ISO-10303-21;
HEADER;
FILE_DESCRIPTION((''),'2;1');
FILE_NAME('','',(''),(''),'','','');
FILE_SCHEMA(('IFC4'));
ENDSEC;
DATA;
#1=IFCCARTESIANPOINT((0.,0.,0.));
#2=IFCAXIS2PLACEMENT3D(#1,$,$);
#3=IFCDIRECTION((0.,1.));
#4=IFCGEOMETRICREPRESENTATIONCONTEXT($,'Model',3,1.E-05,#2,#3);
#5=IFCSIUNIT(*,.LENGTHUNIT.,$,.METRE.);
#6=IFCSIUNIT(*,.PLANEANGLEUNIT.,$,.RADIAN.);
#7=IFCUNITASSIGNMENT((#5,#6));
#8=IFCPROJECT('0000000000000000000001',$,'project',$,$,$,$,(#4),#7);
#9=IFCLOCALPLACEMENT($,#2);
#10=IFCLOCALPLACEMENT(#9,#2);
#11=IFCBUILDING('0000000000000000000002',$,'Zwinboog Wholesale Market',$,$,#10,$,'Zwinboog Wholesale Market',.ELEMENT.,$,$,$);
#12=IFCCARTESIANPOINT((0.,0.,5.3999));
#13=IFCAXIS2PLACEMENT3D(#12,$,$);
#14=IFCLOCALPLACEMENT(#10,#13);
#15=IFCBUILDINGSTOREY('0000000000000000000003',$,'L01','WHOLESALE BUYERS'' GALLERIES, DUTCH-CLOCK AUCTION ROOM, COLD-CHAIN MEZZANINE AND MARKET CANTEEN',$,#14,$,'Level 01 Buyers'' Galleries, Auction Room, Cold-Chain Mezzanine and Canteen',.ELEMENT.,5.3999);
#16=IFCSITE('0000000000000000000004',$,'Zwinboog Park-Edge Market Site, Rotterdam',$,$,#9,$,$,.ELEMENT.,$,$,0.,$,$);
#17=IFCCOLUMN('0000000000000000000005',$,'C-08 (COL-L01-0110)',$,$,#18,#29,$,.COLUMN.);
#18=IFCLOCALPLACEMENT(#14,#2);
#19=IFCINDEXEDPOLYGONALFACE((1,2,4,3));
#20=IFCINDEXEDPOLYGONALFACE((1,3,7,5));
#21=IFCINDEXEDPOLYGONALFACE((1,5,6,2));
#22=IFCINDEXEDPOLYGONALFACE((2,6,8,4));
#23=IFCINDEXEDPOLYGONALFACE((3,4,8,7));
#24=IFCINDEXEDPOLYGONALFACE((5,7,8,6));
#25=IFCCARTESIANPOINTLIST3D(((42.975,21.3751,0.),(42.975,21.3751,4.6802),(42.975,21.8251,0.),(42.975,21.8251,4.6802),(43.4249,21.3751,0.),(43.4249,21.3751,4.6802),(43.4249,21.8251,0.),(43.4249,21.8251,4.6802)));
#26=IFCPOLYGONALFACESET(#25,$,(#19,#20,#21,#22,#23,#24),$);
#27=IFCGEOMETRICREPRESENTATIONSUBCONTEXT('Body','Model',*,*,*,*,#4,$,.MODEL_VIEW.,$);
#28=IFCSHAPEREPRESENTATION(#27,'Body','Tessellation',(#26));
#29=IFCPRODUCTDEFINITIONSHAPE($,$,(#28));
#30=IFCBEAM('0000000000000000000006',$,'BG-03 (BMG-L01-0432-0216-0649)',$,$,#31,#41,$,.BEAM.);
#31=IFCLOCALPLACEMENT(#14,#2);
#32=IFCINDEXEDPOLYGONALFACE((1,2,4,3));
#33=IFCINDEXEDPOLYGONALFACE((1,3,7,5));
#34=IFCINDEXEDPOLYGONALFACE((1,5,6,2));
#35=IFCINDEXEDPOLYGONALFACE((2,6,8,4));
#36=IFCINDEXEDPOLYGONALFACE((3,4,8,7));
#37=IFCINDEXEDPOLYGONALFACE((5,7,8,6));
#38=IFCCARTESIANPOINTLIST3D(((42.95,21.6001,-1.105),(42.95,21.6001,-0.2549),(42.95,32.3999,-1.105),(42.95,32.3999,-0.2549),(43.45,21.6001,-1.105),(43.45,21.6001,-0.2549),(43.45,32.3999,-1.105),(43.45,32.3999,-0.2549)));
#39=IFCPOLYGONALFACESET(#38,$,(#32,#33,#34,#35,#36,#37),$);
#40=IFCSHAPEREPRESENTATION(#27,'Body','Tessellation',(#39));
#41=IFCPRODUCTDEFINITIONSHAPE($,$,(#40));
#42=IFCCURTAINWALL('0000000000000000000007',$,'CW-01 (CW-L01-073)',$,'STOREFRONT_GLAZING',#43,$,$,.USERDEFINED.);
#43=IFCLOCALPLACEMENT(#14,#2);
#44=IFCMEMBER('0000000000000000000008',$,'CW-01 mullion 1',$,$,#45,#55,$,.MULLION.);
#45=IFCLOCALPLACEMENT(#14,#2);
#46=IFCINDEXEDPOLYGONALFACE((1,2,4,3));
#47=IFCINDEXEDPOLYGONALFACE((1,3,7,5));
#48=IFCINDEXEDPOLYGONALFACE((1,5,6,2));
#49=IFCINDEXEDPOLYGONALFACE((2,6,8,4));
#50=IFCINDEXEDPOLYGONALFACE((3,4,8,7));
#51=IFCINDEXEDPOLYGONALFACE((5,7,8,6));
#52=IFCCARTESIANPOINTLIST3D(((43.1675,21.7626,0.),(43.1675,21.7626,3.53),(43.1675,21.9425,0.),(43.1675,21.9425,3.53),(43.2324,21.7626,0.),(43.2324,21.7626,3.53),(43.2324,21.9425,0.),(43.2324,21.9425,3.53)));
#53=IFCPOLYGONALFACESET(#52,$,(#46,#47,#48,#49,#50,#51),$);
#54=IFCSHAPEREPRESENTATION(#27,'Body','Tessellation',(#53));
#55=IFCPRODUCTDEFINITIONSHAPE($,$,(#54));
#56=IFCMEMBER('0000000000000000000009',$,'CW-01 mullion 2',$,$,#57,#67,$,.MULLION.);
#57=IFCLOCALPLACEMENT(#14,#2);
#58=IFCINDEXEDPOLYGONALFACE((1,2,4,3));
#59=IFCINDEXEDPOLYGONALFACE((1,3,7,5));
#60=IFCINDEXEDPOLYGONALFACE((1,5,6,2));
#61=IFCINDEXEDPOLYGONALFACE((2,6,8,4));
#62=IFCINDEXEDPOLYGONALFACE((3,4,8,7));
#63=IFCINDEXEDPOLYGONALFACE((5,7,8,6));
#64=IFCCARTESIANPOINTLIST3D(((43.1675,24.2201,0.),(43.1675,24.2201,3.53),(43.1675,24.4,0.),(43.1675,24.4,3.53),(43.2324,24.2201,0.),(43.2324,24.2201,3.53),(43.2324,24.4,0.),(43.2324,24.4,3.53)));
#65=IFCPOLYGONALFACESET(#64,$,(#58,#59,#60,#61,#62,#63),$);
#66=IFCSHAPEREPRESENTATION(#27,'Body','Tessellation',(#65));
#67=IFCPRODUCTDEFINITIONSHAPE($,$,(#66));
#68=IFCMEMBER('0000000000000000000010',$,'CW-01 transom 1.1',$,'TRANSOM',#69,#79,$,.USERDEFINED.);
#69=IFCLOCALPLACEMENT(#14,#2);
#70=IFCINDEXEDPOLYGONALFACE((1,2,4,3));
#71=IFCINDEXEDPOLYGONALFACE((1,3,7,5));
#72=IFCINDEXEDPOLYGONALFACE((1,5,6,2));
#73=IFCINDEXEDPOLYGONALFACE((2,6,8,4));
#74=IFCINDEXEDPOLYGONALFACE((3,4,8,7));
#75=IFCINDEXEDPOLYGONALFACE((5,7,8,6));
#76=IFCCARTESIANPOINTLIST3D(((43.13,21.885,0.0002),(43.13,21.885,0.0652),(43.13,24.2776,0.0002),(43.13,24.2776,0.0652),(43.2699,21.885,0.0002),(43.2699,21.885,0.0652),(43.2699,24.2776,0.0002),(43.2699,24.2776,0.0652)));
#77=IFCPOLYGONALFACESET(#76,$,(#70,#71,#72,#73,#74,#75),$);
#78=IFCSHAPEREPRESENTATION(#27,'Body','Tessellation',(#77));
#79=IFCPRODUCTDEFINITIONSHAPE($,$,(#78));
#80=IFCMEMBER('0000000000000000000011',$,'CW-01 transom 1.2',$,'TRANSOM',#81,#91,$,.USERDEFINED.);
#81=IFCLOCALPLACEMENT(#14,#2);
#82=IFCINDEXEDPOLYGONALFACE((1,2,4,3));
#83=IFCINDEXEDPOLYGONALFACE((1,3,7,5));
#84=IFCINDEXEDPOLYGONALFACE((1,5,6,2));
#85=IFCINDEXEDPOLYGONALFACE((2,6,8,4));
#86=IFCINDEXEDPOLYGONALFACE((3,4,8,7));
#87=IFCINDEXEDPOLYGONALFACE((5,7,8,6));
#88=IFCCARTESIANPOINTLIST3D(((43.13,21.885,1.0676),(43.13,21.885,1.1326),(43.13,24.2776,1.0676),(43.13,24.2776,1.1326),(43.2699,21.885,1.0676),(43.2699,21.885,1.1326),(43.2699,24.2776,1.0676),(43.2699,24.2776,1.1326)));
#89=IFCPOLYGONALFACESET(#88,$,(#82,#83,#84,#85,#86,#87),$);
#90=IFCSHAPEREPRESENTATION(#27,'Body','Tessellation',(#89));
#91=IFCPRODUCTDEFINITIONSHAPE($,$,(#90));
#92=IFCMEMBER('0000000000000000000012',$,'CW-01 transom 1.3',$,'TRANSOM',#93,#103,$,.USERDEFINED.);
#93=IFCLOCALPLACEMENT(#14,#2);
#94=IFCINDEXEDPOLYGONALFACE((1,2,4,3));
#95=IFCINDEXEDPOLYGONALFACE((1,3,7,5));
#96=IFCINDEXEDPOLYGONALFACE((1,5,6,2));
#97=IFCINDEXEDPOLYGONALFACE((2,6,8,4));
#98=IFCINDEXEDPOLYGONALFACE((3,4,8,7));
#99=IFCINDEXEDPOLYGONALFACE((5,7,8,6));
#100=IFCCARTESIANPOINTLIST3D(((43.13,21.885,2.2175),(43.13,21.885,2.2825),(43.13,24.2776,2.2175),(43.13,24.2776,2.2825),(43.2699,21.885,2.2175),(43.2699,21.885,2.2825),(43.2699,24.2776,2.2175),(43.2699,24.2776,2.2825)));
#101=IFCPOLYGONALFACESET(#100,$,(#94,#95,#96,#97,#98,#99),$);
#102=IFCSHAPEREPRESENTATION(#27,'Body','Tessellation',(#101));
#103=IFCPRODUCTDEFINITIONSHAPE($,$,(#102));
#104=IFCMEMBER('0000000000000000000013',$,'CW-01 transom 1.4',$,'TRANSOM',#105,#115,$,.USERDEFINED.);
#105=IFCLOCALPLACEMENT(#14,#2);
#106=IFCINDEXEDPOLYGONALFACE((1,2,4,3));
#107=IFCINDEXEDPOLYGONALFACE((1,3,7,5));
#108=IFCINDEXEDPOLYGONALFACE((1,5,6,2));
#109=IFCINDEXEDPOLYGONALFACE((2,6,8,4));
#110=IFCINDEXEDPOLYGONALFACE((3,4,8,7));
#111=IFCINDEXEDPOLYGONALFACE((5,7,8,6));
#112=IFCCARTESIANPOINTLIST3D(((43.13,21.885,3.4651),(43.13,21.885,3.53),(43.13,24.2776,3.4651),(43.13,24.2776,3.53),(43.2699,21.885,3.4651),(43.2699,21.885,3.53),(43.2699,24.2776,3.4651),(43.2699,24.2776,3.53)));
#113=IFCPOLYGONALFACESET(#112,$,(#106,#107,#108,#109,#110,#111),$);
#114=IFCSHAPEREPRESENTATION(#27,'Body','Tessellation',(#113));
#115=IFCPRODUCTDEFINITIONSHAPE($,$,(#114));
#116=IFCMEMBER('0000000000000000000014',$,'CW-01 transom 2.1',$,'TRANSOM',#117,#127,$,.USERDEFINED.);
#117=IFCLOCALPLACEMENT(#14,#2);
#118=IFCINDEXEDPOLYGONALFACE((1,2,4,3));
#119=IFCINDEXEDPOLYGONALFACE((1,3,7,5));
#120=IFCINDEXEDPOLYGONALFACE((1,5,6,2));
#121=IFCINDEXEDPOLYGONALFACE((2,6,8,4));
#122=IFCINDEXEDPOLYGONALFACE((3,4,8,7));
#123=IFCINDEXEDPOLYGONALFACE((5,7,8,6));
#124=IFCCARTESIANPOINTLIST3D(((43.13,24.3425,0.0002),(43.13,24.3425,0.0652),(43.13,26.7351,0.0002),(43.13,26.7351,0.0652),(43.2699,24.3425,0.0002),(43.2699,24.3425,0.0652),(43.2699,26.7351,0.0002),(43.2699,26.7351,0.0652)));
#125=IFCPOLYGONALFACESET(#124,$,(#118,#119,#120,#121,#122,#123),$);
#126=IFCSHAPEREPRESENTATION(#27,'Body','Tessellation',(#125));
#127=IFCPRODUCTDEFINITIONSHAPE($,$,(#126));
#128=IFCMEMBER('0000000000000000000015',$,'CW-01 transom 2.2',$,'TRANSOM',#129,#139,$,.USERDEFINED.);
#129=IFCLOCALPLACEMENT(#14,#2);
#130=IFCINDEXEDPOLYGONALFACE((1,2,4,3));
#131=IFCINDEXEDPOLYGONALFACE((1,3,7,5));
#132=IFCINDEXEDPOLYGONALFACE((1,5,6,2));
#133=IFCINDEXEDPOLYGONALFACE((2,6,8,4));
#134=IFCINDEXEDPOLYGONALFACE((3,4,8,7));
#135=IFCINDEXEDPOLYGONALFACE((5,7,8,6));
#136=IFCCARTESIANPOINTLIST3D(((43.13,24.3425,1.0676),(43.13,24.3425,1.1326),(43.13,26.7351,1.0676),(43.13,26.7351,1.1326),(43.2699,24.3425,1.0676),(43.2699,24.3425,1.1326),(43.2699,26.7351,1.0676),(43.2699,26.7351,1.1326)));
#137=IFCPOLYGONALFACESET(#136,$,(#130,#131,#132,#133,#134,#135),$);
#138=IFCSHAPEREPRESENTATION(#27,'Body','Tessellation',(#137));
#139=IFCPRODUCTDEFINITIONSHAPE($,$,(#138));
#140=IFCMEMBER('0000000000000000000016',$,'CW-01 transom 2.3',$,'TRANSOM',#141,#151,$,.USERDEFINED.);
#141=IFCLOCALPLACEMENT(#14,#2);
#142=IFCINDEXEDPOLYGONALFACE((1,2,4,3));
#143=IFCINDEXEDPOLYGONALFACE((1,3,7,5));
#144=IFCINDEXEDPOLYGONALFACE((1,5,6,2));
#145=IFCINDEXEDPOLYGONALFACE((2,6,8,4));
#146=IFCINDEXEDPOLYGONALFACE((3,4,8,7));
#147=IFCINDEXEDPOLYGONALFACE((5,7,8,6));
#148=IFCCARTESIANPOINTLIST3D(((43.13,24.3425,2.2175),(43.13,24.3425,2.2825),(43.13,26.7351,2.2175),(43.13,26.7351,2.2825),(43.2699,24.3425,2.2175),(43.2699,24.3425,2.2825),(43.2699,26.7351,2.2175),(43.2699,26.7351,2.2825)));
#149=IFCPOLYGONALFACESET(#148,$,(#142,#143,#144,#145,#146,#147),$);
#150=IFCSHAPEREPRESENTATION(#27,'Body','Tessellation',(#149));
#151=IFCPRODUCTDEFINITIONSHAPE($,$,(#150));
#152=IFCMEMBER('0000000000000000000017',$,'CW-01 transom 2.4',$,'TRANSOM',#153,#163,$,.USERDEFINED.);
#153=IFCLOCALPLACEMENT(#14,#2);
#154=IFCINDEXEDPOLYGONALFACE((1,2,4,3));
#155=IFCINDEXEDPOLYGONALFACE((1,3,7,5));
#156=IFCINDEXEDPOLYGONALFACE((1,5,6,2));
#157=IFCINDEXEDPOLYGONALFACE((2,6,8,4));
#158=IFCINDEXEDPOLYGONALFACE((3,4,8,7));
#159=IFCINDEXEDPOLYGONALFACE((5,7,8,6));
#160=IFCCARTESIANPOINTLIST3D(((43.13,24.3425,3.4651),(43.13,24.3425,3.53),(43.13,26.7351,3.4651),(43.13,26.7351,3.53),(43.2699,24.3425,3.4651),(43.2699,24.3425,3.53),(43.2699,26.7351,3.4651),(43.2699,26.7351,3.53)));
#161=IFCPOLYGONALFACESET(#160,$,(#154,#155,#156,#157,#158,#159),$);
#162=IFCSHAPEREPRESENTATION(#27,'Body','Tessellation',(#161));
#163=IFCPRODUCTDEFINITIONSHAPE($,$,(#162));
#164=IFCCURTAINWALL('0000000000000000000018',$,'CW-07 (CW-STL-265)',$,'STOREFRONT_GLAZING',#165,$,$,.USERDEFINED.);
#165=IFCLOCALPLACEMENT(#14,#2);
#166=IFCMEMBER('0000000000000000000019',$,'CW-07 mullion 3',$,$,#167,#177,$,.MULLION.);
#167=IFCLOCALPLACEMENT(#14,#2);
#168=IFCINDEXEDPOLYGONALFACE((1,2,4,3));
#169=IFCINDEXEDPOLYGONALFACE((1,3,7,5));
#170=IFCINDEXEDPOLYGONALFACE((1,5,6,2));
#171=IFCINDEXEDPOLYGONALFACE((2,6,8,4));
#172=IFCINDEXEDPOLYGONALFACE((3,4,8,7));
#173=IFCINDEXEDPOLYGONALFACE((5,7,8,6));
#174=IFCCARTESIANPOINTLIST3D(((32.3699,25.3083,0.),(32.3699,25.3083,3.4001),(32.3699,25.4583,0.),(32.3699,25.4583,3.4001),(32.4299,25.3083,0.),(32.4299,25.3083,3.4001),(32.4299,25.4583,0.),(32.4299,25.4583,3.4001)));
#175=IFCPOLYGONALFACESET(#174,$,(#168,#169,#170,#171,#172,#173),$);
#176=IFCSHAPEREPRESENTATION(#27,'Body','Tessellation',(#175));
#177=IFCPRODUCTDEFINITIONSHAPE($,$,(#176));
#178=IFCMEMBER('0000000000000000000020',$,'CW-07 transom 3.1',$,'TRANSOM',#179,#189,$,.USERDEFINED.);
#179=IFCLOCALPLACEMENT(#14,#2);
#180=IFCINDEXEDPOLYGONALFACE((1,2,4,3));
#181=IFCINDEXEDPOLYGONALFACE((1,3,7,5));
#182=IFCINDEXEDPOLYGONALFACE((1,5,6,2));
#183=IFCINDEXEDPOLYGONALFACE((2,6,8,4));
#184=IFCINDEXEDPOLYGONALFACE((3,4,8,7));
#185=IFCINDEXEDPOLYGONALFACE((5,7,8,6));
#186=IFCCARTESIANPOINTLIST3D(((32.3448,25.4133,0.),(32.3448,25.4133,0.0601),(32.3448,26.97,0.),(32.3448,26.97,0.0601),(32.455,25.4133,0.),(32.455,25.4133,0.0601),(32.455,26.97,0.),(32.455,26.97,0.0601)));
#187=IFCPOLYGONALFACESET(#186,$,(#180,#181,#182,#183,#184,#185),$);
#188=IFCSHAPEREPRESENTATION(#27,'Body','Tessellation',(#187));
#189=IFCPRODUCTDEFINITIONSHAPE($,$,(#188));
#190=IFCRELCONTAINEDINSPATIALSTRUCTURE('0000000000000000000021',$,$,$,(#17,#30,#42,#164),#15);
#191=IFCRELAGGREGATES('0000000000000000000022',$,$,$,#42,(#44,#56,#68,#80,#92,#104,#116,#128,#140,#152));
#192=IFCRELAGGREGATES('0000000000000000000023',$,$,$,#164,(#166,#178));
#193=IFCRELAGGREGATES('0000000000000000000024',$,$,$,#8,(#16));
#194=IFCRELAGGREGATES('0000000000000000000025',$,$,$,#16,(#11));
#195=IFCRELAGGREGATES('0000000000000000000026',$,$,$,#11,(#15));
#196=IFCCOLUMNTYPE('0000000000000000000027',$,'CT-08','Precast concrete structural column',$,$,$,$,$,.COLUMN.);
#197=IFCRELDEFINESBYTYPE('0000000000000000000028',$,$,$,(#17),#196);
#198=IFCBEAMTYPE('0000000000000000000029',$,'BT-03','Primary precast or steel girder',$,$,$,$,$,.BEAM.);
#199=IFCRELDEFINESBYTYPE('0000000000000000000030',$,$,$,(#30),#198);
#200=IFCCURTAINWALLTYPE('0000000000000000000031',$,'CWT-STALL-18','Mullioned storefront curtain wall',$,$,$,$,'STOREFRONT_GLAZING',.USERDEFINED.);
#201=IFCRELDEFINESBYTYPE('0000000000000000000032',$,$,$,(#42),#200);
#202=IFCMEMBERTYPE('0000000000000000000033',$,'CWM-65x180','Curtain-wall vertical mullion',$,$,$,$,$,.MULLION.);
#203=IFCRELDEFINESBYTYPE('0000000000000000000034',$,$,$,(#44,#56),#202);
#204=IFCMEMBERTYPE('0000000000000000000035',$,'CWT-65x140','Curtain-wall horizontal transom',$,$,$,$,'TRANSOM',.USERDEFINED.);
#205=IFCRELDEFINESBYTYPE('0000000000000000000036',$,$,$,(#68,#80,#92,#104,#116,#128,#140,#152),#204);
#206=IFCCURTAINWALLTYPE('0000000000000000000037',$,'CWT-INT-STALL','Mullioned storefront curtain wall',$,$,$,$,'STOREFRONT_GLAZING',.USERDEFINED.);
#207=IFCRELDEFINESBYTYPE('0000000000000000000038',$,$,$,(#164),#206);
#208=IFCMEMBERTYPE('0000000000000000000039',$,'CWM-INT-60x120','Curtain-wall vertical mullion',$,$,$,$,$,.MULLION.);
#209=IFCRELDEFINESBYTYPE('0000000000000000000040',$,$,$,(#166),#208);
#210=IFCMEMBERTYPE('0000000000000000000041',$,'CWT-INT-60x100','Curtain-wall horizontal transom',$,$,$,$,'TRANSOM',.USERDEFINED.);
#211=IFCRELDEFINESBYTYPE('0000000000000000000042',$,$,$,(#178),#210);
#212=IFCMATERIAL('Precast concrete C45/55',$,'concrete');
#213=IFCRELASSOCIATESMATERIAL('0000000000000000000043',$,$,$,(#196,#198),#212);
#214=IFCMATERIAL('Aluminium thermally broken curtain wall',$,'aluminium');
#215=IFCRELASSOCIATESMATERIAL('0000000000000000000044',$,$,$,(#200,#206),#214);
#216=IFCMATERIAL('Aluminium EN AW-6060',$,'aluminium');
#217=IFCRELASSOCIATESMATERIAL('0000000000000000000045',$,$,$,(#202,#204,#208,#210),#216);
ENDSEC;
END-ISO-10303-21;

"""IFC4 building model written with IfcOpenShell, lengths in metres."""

from ifc_helpers import new_model, si_unit, direction, frame, origin, origin_2d, place, context, subcontext, project, spatial, rectangle, extrude, material, material_profile, profile_set, type_object, element, aggregate, save


model = new_model("IFC4")

# Units and contexts
model_context = context("Model", 3, precision=1e-05, world=origin(), true_north=direction((0.0, 1.0)))
body_context = subcontext(model_context, "Body", "Model", "MODEL_VIEW")
ifc_project = project(units=[si_unit("LENGTHUNIT", "METRE"), si_unit("PLANEANGLEUNIT", "RADIAN")], contexts=[model_context])

# Site, building, storey
site_placement = place(None, origin())
site = spatial("IfcSite", under=ifc_project, at=site_placement, Name="Zwinboog Park-Edge Market Site, Rotterdam", CompositionType="ELEMENT", RefElevation=0.0)
building_placement = place(site_placement, origin())
building = spatial("IfcBuilding", under=site, at=building_placement, Name="Zwinboog Wholesale Market", LongName="Zwinboog Wholesale Market", CompositionType="ELEMENT")
storey_placement = place(building_placement, frame((0.0, 0.0, 5.3999)))
storey = spatial("IfcBuildingStorey", under=building, at=storey_placement, Name="L01", Description="WHOLESALE BUYERS' GALLERIES, DUTCH-CLOCK AUCTION ROOM, COLD-CHAIN MEZZANINE AND MARKET CANTEEN", LongName="Level 01 Buyers' Galleries, Auction Room, Cold-Chain Mezzanine and Canteen", CompositionType="ELEMENT", Elevation=5.3999)

# Column
ifc_material_1 = material(Name="Precast concrete C45/55", Category="concrete")
ifc_material_profile_1 = material_profile(ifc_material_1, rectangle(XDim=0.45, YDim=0.45, at=origin_2d()), Name="PC 450x450")
ifc_profile_set_1 = profile_set([ifc_material_profile_1], Name="Precast concrete C45/55")
column_type = type_object("IfcColumnType", Name="CT-08", Description="Precast concrete structural column", PredefinedType="COLUMN", material=ifc_profile_set_1)
column_placement = place(storey_placement, frame((43.2, 21.6001, 0.0), z_axis=(0.0, 0.0, 1.0), x_axis=(1.0, 0.0, 0.0)))
element("IfcColumn", 1, at=column_placement, inside=storey, type_object=column_type, Name="C-08 (COL-L01-0110)", PredefinedType="COLUMN", context=body_context, shape_type="SweptSolid", body=[
    extrude(rectangle(XDim=0.45, YDim=0.45, at=origin_2d()), origin(), (0.0, 0.0, 1.0), 4.6802),
])

# Beam
ifc_material_profile_2 = material_profile(ifc_material_1, rectangle(XDim=0.5, YDim=0.8501, at=origin_2d()), Name="PC 500x850")
ifc_profile_set_2 = profile_set([ifc_material_profile_2], Name="Precast concrete C45/55")
beam_type = type_object("IfcBeamType", Name="BT-03", Description="Primary precast or steel girder", PredefinedType="BEAM", material=ifc_profile_set_2)
beam_placement = place(storey_placement, frame((43.2, 21.6001, -0.6799), z_axis=(0.0, 1.0, 0.0), x_axis=(-1.0, 0.0, 0.0)))
element("IfcBeam", 2, at=beam_placement, inside=storey, type_object=beam_type, Name="BG-03 (BMG-L01-0432-0216-0649)", PredefinedType="BEAM", context=body_context, shape_type="SweptSolid", body=[
    extrude(rectangle(XDim=0.5, YDim=0.8501, at=origin_2d()), origin(), (0.0, 0.0, 1.0), 10.7998),
])

# Curtain walls, members
ifc_material_2 = material(Name="Aluminium thermally broken curtain wall", Category="aluminium")
curtain_wall_type_1 = type_object("IfcCurtainWallType", Name="CWT-STALL-18", Description="Mullioned storefront curtain wall", ElementType="STOREFRONT_GLAZING", PredefinedType="USERDEFINED", material=ifc_material_2)
curtain_wall_1_placement = place(storey_placement, origin())
curtain_wall_1 = element("IfcCurtainWall", 3, at=curtain_wall_1_placement, inside=storey, type_object=curtain_wall_type_1, Name="CW-01 (CW-L01-073)", ObjectType="STOREFRONT_GLAZING", PredefinedType="USERDEFINED")
ifc_material_3 = material(Name="Aluminium EN AW-6060", Category="aluminium")
ifc_material_profile_3 = material_profile(ifc_material_3, rectangle(XDim=0.0649, YDim=0.1799, at=origin_2d()), Name="AL 65x180")
ifc_profile_set_3 = profile_set([ifc_material_profile_3], Name="Aluminium EN AW-6060")
member_type_1 = type_object("IfcMemberType", Name="CWM-65x180", Description="Curtain-wall vertical mullion", PredefinedType="MULLION", material=ifc_profile_set_3)
member_1_placement = place(storey_placement, frame((43.2, 21.8525, 0.0), z_axis=(0.0, 0.0, 1.0), x_axis=(-1.0, 0.0, 0.0)))
member_1 = element("IfcMember", 4, at=member_1_placement, type_object=member_type_1, Name="CW-01 mullion 1", PredefinedType="MULLION", context=body_context, shape_type="SweptSolid", body=[
    extrude(rectangle(XDim=0.0649, YDim=0.1799, at=origin_2d()), origin(), (0.0, 0.0, 1.0), 3.53),
])
member_2_placement = place(storey_placement, frame((43.2, 24.3101, 0.0), z_axis=(0.0, 0.0, 1.0), x_axis=(-1.0, 0.0, 0.0)))
member_2 = element("IfcMember", 5, at=member_2_placement, type_object=member_type_1, Name="CW-01 mullion 2", PredefinedType="MULLION", context=body_context, shape_type="SweptSolid", body=[
    extrude(rectangle(XDim=0.0649, YDim=0.1799, at=origin_2d()), origin(), (0.0, 0.0, 1.0), 3.53),
])
ifc_material_profile_4 = material_profile(ifc_material_3, rectangle(XDim=0.1399, YDim=0.0649, at=origin_2d()), Name="AL 65x140")
ifc_profile_set_4 = profile_set([ifc_material_profile_4], Name="Aluminium EN AW-6060")
member_type_2 = type_object("IfcMemberType", Name="CWT-65x140", Description="Curtain-wall horizontal transom", ElementType="TRANSOM", PredefinedType="USERDEFINED", material=ifc_profile_set_4)
member_3_placement = place(storey_placement, frame((43.2, 21.885, 0.0327), z_axis=(0.0, 1.0, 0.0), x_axis=(-1.0, 0.0, 0.0)))
member_3 = element("IfcMember", 6, at=member_3_placement, type_object=member_type_2, Name="CW-01 transom 1.1", ObjectType="TRANSOM", PredefinedType="USERDEFINED", context=body_context, shape_type="SweptSolid", body=[
    extrude(rectangle(XDim=0.1399, YDim=0.0649, at=origin_2d()), origin(), (0.0, 0.0, 1.0), 2.3926),
])
member_4_placement = place(storey_placement, frame((43.2, 21.885, 1.1001), z_axis=(0.0, 1.0, 0.0), x_axis=(-1.0, 0.0, 0.0)))
member_4 = element("IfcMember", 7, at=member_4_placement, type_object=member_type_2, Name="CW-01 transom 1.2", ObjectType="TRANSOM", PredefinedType="USERDEFINED", context=body_context, shape_type="SweptSolid", body=[
    extrude(rectangle(XDim=0.1399, YDim=0.0649, at=origin_2d()), origin(), (0.0, 0.0, 1.0), 2.3926),
])
member_5_placement = place(storey_placement, frame((43.2, 21.885, 2.25), z_axis=(0.0, 1.0, 0.0), x_axis=(-1.0, 0.0, 0.0)))
member_5 = element("IfcMember", 8, at=member_5_placement, type_object=member_type_2, Name="CW-01 transom 1.3", ObjectType="TRANSOM", PredefinedType="USERDEFINED", context=body_context, shape_type="SweptSolid", body=[
    extrude(rectangle(XDim=0.1399, YDim=0.0649, at=origin_2d()), origin(), (0.0, 0.0, 1.0), 2.3926),
])
member_6_placement = place(storey_placement, frame((43.2, 21.885, 3.4976), z_axis=(0.0, 1.0, 0.0), x_axis=(-1.0, 0.0, 0.0)))
member_6 = element("IfcMember", 9, at=member_6_placement, type_object=member_type_2, Name="CW-01 transom 1.4", ObjectType="TRANSOM", PredefinedType="USERDEFINED", context=body_context, shape_type="SweptSolid", body=[
    extrude(rectangle(XDim=0.1399, YDim=0.0649, at=origin_2d()), origin(), (0.0, 0.0, 1.0), 2.3926),
])
member_7_placement = place(storey_placement, frame((43.2, 24.3425, 0.0327), z_axis=(0.0, 1.0, 0.0), x_axis=(-1.0, 0.0, 0.0)))
member_7 = element("IfcMember", 10, at=member_7_placement, type_object=member_type_2, Name="CW-01 transom 2.1", ObjectType="TRANSOM", PredefinedType="USERDEFINED", context=body_context, shape_type="SweptSolid", body=[
    extrude(rectangle(XDim=0.1399, YDim=0.0649, at=origin_2d()), origin(), (0.0, 0.0, 1.0), 2.3926),
])
member_8_placement = place(storey_placement, frame((43.2, 24.3425, 1.1001), z_axis=(0.0, 1.0, 0.0), x_axis=(-1.0, 0.0, 0.0)))
member_8 = element("IfcMember", 11, at=member_8_placement, type_object=member_type_2, Name="CW-01 transom 2.2", ObjectType="TRANSOM", PredefinedType="USERDEFINED", context=body_context, shape_type="SweptSolid", body=[
    extrude(rectangle(XDim=0.1399, YDim=0.0649, at=origin_2d()), origin(), (0.0, 0.0, 1.0), 2.3926),
])
member_9_placement = place(storey_placement, frame((43.2, 24.3425, 2.25), z_axis=(0.0, 1.0, 0.0), x_axis=(-1.0, 0.0, 0.0)))
member_9 = element("IfcMember", 12, at=member_9_placement, type_object=member_type_2, Name="CW-01 transom 2.3", ObjectType="TRANSOM", PredefinedType="USERDEFINED", context=body_context, shape_type="SweptSolid", body=[
    extrude(rectangle(XDim=0.1399, YDim=0.0649, at=origin_2d()), origin(), (0.0, 0.0, 1.0), 2.3926),
])
member_10_placement = place(storey_placement, frame((43.2, 24.3425, 3.4976), z_axis=(0.0, 1.0, 0.0), x_axis=(-1.0, 0.0, 0.0)))
member_10 = element("IfcMember", 13, at=member_10_placement, type_object=member_type_2, Name="CW-01 transom 2.4", ObjectType="TRANSOM", PredefinedType="USERDEFINED", context=body_context, shape_type="SweptSolid", body=[
    extrude(rectangle(XDim=0.1399, YDim=0.0649, at=origin_2d()), origin(), (0.0, 0.0, 1.0), 2.3926),
])
curtain_wall_type_2 = type_object("IfcCurtainWallType", Name="CWT-INT-STALL", Description="Mullioned storefront curtain wall", ElementType="STOREFRONT_GLAZING", PredefinedType="USERDEFINED", material=ifc_material_2)
curtain_wall_2_placement = place(storey_placement, origin())
curtain_wall_2 = element("IfcCurtainWall", 14, at=curtain_wall_2_placement, inside=storey, type_object=curtain_wall_type_2, Name="CW-07 (CW-STL-265)", ObjectType="STOREFRONT_GLAZING", PredefinedType="USERDEFINED")
ifc_material_profile_5 = material_profile(ifc_material_3, rectangle(XDim=0.0601, YDim=0.1499, at=origin_2d()), Name="AL 60x150")
ifc_profile_set_5 = profile_set([ifc_material_profile_5], Name="Aluminium EN AW-6060")
member_type_3 = type_object("IfcMemberType", Name="CWM-INT-60x120", Description="Curtain-wall vertical mullion", PredefinedType="MULLION", material=ifc_profile_set_5)
member_11_placement = place(storey_placement, frame((32.3999, 25.3833, 0.0), z_axis=(0.0, 0.0, 1.0), x_axis=(-1.0, 0.0, 0.0)))
member_11 = element("IfcMember", 15, at=member_11_placement, type_object=member_type_3, Name="CW-07 mullion 3", PredefinedType="MULLION", context=body_context, shape_type="SweptSolid", body=[
    extrude(rectangle(XDim=0.0601, YDim=0.1499, at=origin_2d()), origin(), (0.0, 0.0, 1.0), 3.4001),
])
ifc_material_profile_6 = material_profile(ifc_material_3, rectangle(XDim=0.1101, YDim=0.0601, at=origin_2d()), Name="AL 60x110")
ifc_profile_set_6 = profile_set([ifc_material_profile_6], Name="Aluminium EN AW-6060")
member_type_4 = type_object("IfcMemberType", Name="CWT-INT-60x100", Description="Curtain-wall horizontal transom", ElementType="TRANSOM", PredefinedType="USERDEFINED", material=ifc_profile_set_6)
member_12_placement = place(storey_placement, frame((32.3999, 25.4133, 0.03), z_axis=(0.0, 1.0, 0.0), x_axis=(-1.0, 0.0, 0.0)))
member_12 = element("IfcMember", 16, at=member_12_placement, type_object=member_type_4, Name="CW-07 transom 3.1", ObjectType="TRANSOM", PredefinedType="USERDEFINED", context=body_context, shape_type="SweptSolid", body=[
    extrude(rectangle(XDim=0.1101, YDim=0.0601, at=origin_2d()), origin(), (0.0, 0.0, 1.0), 1.5566),
])

aggregate(curtain_wall_1, [member_1, member_2, member_3, member_4, member_5, member_6, member_7, member_8, member_9, member_10])
aggregate(curtain_wall_2, [member_11, member_12])

save(model, "model.ifc")
